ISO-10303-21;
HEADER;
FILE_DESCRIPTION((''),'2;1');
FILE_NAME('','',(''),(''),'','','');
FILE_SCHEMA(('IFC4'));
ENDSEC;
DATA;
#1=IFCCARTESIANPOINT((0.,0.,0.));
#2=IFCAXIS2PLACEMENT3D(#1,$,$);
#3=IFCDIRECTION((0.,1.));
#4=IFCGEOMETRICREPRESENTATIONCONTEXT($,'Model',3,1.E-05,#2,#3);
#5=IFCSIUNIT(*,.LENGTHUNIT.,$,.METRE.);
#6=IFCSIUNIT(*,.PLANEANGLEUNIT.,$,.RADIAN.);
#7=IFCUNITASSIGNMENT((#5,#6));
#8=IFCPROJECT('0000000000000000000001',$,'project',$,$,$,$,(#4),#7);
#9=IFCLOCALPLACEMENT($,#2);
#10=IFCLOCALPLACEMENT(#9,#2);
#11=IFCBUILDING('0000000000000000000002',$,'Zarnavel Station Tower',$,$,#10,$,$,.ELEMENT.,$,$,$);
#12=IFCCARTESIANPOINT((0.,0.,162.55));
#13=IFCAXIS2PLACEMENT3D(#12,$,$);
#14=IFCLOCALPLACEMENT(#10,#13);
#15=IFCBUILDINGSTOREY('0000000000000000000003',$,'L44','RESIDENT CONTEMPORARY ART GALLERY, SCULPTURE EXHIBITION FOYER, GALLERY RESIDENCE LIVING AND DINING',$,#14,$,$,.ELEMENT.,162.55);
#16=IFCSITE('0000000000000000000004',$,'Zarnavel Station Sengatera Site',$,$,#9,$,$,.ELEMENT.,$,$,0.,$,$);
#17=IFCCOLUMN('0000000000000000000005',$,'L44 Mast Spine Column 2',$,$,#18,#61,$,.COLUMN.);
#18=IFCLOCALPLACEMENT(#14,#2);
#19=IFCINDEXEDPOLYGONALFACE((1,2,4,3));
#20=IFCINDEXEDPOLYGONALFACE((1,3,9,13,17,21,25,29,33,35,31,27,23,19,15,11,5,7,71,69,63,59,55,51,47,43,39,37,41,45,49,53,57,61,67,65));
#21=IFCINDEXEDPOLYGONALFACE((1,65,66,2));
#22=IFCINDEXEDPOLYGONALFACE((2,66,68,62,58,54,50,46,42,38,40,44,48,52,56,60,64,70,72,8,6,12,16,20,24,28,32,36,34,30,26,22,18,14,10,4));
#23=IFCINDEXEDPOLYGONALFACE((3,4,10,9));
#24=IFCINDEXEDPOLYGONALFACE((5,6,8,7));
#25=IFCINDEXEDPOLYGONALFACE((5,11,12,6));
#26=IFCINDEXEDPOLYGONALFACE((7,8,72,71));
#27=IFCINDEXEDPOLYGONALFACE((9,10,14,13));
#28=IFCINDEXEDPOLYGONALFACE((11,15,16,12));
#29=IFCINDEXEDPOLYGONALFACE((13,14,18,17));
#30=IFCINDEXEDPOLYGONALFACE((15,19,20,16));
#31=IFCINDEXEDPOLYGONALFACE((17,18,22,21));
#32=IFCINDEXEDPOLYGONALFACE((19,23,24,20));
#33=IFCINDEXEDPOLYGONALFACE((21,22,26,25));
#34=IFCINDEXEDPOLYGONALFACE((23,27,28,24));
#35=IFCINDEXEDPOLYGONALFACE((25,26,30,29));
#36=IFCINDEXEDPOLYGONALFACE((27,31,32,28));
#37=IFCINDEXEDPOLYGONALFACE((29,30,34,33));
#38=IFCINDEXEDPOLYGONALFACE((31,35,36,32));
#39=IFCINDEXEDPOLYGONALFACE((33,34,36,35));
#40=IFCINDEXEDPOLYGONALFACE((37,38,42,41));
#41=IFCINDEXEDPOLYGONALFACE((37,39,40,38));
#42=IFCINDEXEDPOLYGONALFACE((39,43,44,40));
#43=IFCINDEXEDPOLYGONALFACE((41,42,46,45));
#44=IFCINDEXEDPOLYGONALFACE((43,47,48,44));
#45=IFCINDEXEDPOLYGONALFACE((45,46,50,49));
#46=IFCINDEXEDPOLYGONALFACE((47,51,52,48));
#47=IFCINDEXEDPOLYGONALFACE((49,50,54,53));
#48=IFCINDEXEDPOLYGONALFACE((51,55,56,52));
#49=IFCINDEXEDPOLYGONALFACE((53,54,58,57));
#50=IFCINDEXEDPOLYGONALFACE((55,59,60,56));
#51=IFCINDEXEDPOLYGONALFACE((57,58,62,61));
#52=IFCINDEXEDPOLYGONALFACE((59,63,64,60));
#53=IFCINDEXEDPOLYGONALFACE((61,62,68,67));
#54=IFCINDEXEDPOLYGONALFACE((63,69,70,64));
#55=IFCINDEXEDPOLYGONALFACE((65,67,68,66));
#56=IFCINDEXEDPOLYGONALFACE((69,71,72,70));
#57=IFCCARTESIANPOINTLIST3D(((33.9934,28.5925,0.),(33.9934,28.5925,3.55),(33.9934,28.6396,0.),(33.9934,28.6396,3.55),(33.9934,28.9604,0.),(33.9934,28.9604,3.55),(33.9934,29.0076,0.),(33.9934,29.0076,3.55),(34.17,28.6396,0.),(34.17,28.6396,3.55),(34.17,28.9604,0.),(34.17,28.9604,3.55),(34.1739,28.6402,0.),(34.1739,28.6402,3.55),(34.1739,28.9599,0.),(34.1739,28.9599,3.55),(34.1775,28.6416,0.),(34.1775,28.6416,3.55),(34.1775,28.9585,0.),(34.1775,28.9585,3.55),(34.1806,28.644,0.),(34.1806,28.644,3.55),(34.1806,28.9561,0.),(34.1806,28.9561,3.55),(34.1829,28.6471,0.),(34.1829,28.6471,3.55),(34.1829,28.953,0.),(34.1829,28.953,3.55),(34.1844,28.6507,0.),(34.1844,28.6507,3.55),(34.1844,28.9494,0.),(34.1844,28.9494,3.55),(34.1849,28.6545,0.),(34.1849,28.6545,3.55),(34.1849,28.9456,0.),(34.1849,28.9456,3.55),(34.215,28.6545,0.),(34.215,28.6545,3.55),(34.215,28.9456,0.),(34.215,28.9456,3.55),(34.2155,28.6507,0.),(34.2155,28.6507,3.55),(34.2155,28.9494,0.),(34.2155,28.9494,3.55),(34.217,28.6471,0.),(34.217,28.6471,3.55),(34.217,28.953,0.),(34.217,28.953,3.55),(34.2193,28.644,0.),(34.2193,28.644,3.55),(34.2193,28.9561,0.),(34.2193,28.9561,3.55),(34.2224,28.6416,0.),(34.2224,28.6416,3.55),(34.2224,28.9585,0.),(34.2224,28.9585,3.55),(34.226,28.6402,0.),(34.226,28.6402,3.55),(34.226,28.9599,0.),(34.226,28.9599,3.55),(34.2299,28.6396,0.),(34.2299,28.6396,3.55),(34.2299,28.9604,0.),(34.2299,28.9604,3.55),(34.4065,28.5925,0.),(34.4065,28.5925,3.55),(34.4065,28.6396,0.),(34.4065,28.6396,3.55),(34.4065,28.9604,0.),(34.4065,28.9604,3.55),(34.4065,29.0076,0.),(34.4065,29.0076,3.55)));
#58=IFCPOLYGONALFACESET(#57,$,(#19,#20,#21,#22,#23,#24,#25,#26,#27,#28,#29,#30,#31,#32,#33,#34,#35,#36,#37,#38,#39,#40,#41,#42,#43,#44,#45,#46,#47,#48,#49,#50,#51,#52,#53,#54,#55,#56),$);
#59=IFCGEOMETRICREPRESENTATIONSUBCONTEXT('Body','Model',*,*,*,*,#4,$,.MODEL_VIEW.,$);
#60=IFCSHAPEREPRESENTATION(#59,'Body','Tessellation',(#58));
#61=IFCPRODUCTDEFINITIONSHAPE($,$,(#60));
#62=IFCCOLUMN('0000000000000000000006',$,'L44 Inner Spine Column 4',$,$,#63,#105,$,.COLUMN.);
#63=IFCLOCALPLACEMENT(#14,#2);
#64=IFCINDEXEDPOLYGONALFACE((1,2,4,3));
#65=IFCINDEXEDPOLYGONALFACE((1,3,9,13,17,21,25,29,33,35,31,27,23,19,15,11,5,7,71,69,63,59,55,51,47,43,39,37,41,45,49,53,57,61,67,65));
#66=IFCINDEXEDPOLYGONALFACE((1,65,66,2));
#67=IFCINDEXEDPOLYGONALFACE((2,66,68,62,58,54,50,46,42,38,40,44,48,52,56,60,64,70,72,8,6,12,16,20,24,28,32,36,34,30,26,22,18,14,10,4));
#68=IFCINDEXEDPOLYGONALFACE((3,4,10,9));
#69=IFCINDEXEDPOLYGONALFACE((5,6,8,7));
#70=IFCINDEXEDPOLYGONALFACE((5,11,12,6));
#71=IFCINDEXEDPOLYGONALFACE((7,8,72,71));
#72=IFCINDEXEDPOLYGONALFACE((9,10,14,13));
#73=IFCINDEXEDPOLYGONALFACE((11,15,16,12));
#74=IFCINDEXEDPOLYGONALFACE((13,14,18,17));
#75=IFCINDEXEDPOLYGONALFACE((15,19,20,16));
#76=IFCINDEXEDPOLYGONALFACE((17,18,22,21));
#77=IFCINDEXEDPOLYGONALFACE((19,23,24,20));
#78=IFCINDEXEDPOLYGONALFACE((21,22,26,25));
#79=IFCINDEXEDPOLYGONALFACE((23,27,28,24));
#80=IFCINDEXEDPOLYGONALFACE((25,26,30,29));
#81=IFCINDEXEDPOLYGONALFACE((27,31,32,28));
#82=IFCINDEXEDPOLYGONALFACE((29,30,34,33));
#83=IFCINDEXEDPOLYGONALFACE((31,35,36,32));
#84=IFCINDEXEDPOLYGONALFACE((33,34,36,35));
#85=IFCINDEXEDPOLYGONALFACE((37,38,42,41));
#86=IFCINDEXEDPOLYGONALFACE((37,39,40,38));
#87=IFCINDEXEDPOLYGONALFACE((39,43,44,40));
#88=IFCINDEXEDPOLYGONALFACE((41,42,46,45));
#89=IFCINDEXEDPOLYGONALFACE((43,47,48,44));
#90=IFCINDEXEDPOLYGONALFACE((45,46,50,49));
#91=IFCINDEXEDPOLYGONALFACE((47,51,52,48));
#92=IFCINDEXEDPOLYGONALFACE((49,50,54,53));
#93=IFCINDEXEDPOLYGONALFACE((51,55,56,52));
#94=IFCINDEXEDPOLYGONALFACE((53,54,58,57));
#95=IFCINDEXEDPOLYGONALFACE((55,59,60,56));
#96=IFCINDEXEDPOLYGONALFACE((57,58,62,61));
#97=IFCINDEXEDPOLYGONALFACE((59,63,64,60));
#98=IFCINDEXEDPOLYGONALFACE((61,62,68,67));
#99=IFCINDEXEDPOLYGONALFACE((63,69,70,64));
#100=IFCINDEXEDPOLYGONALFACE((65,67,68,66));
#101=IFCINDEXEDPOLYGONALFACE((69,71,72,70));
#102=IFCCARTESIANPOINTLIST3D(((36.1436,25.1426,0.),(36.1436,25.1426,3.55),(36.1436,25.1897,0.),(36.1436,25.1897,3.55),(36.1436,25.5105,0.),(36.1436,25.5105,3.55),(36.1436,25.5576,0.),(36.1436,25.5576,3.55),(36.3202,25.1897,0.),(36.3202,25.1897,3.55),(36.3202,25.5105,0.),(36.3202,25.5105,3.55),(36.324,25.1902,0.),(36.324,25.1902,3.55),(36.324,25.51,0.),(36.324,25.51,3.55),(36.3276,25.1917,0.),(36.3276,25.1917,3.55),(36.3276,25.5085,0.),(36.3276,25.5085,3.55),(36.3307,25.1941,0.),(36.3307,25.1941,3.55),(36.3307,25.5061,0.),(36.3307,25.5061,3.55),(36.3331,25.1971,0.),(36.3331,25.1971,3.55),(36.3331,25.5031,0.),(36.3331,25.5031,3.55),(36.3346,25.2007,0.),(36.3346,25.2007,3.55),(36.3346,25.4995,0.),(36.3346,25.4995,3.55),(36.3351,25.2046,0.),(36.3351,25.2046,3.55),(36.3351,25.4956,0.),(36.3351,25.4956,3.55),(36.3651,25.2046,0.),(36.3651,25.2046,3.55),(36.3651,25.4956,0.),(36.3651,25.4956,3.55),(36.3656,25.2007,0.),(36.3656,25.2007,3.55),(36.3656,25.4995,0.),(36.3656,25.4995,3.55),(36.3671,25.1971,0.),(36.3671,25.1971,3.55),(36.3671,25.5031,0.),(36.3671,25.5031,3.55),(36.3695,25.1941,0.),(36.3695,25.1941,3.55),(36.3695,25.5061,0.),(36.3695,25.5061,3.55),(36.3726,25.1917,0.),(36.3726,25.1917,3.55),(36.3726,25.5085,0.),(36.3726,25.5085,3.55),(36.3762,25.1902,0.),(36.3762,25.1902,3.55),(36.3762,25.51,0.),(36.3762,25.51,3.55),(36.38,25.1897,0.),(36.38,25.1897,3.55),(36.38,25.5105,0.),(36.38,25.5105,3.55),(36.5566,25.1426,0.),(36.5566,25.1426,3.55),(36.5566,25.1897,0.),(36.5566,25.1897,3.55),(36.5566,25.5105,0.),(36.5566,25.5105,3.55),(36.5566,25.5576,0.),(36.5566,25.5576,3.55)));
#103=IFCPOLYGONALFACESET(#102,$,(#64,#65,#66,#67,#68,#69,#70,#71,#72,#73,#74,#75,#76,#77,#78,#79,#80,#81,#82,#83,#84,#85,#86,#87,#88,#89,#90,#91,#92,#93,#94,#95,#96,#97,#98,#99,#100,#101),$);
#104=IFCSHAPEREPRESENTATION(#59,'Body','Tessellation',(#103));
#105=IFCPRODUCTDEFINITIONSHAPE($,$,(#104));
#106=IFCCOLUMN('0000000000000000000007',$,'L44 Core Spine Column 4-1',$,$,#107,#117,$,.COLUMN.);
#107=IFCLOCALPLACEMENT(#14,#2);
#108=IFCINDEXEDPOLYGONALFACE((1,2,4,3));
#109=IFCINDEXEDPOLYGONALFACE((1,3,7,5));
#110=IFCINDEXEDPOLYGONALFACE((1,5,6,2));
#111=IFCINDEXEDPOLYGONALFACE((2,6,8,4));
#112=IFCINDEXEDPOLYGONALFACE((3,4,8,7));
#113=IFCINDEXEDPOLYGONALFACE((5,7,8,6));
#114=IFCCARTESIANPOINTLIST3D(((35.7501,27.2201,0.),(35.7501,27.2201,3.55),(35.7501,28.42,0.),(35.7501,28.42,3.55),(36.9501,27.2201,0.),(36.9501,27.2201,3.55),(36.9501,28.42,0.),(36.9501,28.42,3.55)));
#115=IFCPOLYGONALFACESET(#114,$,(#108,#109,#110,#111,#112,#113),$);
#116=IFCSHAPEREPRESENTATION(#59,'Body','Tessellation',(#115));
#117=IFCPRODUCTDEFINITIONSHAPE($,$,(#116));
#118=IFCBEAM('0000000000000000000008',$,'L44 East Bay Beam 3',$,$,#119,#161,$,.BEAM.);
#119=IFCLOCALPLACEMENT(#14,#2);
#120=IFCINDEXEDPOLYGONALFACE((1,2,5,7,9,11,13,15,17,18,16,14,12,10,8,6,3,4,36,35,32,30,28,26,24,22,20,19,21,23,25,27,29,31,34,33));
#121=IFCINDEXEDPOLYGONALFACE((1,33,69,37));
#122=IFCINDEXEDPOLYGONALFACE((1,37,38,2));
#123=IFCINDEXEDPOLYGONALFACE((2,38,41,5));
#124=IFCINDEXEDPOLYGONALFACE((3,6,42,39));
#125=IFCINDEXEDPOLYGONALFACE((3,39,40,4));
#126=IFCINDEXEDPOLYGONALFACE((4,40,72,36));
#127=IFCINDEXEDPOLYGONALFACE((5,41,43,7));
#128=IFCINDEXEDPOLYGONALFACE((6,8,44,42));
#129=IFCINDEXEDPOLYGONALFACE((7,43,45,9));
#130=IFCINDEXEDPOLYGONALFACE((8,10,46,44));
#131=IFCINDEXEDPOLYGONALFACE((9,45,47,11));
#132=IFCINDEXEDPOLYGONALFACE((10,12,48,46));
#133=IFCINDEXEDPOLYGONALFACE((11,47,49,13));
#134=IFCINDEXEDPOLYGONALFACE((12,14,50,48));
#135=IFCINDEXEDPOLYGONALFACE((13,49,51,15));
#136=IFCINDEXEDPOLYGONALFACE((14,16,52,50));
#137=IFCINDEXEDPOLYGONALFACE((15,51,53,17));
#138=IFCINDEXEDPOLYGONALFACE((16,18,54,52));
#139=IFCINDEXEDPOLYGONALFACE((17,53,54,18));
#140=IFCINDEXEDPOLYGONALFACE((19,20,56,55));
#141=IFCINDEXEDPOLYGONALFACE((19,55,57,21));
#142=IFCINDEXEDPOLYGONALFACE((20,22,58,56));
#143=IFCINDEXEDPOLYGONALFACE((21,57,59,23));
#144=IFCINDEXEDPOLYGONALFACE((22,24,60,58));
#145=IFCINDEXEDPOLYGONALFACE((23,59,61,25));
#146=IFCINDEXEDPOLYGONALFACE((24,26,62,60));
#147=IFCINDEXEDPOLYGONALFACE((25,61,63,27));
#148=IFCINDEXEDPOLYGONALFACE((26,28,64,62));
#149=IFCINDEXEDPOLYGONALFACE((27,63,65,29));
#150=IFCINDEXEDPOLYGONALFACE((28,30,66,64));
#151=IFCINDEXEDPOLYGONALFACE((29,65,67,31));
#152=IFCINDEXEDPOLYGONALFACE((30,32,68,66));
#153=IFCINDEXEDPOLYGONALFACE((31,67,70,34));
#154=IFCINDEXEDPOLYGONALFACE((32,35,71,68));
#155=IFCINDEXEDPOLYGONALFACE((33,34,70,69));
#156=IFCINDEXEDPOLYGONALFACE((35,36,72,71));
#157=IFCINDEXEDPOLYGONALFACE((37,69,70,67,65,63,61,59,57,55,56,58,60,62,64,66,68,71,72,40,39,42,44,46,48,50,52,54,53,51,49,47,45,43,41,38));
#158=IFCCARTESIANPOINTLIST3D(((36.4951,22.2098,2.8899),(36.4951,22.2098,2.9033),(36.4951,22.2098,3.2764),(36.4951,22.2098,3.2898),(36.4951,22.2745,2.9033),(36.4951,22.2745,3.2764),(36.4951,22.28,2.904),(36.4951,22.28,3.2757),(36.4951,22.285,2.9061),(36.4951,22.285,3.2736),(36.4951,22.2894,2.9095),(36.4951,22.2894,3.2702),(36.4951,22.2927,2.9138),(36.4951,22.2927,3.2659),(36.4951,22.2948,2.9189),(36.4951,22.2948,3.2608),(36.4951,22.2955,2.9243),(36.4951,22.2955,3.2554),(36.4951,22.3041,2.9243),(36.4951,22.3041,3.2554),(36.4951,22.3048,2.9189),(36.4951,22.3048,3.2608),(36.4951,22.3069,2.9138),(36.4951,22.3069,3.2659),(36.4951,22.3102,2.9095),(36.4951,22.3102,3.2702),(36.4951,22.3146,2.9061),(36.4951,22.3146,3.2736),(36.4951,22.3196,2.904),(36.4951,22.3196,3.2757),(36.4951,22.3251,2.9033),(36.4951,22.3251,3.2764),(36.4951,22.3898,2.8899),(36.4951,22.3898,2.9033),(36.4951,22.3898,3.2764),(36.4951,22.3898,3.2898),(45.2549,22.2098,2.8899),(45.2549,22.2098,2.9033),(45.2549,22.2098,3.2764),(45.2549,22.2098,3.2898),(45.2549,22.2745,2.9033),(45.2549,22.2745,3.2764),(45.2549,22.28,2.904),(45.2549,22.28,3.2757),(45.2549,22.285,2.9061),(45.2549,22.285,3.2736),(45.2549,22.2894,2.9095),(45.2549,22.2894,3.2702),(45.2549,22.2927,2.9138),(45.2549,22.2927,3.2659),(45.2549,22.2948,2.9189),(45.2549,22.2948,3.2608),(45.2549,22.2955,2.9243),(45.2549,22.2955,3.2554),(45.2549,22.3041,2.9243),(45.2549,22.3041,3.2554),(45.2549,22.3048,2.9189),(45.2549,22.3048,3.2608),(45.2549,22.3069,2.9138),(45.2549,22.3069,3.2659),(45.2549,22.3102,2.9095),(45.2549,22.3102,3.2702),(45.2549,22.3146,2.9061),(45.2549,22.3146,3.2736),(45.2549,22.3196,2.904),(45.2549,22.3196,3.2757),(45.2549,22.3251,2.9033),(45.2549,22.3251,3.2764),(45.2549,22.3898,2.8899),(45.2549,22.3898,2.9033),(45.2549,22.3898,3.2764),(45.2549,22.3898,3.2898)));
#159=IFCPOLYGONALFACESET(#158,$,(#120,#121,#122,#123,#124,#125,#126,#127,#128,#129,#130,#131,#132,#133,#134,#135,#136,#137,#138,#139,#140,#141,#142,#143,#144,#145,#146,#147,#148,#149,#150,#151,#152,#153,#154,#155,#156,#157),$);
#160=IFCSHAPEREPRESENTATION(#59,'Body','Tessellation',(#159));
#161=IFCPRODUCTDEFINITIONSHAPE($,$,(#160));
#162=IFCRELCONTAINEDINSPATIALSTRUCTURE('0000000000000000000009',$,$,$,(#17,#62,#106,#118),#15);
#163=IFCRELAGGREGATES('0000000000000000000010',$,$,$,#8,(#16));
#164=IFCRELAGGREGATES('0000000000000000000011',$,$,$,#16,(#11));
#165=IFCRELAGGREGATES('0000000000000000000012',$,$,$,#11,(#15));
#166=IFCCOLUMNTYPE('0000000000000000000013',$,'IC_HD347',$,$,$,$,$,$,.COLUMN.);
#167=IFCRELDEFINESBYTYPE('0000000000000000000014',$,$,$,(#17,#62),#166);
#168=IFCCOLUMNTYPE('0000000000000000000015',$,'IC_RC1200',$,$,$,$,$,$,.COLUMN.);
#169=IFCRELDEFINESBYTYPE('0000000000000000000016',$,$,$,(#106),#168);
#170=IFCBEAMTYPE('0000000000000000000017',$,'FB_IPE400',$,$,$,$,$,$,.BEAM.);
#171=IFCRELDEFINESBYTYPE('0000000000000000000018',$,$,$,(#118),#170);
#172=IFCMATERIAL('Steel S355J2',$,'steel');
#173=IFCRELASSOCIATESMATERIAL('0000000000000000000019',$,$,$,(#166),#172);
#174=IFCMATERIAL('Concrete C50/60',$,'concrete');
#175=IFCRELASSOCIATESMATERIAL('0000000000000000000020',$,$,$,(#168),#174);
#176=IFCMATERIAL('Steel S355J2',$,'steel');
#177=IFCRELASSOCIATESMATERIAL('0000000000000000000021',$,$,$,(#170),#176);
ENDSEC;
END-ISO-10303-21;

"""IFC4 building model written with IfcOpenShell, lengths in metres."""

from ifc_helpers import new_model, si_unit, direction, frame, origin, origin_2d, place, context, subcontext, project, spatial, rectangle, i_section, extrude, material, material_profile, profile_set, type_object, element, save


model = new_model("IFC4")

# Units and contexts
model_context = context("Model", 3, precision=1e-05, world=origin(), true_north=direction((0.0, 1.0)))
body_context = subcontext(model_context, "Body", "Model", "MODEL_VIEW")
ifc_project = project(units=[si_unit("LENGTHUNIT", "METRE"), si_unit("PLANEANGLEUNIT", "RADIAN")], contexts=[model_context])

# Site, building, storey
site_placement = place(None, origin())
site = spatial("IfcSite", under=ifc_project, at=site_placement, Name="Zarnavel Station Sengatera Site", CompositionType="ELEMENT", RefElevation=0.0)
building_placement = place(site_placement, origin())
building = spatial("IfcBuilding", under=site, at=building_placement, Name="Zarnavel Station Tower", CompositionType="ELEMENT")
storey_placement = place(building_placement, frame((0.0, 0.0, 162.55)))
storey = spatial("IfcBuildingStorey", under=building, at=storey_placement, Name="L44", Description="RESIDENT CONTEMPORARY ART GALLERY, SCULPTURE EXHIBITION FOYER, GALLERY RESIDENCE LIVING AND DINING", CompositionType="ELEMENT", Elevation=162.55)

# Columns
ifc_material_1 = material(Name="Steel S355J2", Category="steel")
ifc_material_profile_1 = material_profile(ifc_material_1, i_section(OverallWidth=0.4131, OverallDepth=0.415, WebThickness=0.03, FlangeThickness=0.0471, FilletRadius=0.0149, at=origin_2d()), Name="HD400x347")
ifc_profile_set_1 = profile_set([ifc_material_profile_1], Name="Steel S355J2")
column_type_1 = type_object("IfcColumnType", Name="IC_HD347", PredefinedType="COLUMN", material=ifc_profile_set_1)
for number, where, z_axis, x_axis, name in (
    (1, (34.2, 28.8, 0.0), (0.0, 0.0, 1.0), (1.0, 0.0, 0.0), "L44 Mast Spine Column 2"),
    (2, (36.3501, 25.3501, 0.0), (0.0, 0.0, 1.0), (1.0, 0.0, 0.0), "L44 Inner Spine Column 4"),
):
    element("IfcColumn", number, at=place(storey_placement, frame(where, z_axis=z_axis, x_axis=x_axis)), inside=storey, type_object=column_type_1, Name=name, PredefinedType="COLUMN", context=body_context, shape_type="SweptSolid", body=[
        extrude(i_section(OverallWidth=0.4131, OverallDepth=0.415, WebThickness=0.03, FlangeThickness=0.0471, FilletRadius=0.0149, at=origin_2d()), origin(), (0.0, 0.0, 1.0), 3.55),
    ])
ifc_material_2 = material(Name="Concrete C50/60", Category="concrete")
ifc_material_profile_2 = material_profile(ifc_material_2, rectangle(XDim=1.2, YDim=1.2, at=origin_2d()), Name="RC1200x1200")
ifc_profile_set_2 = profile_set([ifc_material_profile_2], Name="Concrete C50/60")
column_type_2 = type_object("IfcColumnType", Name="IC_RC1200", PredefinedType="COLUMN", material=ifc_profile_set_2)
column_placement = place(storey_placement, frame((36.3501, 27.8201, 0.0), z_axis=(0.0, 0.0, 1.0), x_axis=(1.0, 0.0, 0.0)))
element("IfcColumn", 3, at=column_placement, inside=storey, type_object=column_type_2, Name="L44 Core Spine Column 4-1", PredefinedType="COLUMN", context=body_context, shape_type="SweptSolid", body=[
    extrude(rectangle(XDim=1.2, YDim=1.2, at=origin_2d()), origin(), (0.0, 0.0, 1.0), 3.55),
])

# Beam
ifc_material_3 = material(Name="Steel S355J2", Category="steel")
ifc_material_profile_3 = material_profile(ifc_material_3, i_section(OverallWidth=0.1799, OverallDepth=0.3999, WebThickness=0.0085, FlangeThickness=0.0134, FilletRadius=0.021, at=origin_2d()), Name="IPE400")
ifc_profile_set_3 = profile_set([ifc_material_profile_3], Name="Steel S355J2")
beam_type_1 = type_object("IfcBeamType", Name="FB_IPE400", PredefinedType="BEAM", material=ifc_profile_set_3)
beam_1_placement = place(storey_placement, frame((36.4951, 22.2998, 3.0898), z_axis=(1.0, 0.0, 0.0), x_axis=(0.0, 1.0, 0.0)))
element("IfcBeam", 4, at=beam_1_placement, inside=storey, type_object=beam_type_1, Name="L44 East Bay Beam 3", PredefinedType="BEAM", context=body_context, shape_type="SweptSolid", body=[
    extrude(i_section(OverallWidth=0.1799, OverallDepth=0.3999, WebThickness=0.0085, FlangeThickness=0.0134, FilletRadius=0.021, at=origin_2d()), origin(), (0.0, 0.0, 1.0), 8.7598),
])

save(model, "model.ifc")
